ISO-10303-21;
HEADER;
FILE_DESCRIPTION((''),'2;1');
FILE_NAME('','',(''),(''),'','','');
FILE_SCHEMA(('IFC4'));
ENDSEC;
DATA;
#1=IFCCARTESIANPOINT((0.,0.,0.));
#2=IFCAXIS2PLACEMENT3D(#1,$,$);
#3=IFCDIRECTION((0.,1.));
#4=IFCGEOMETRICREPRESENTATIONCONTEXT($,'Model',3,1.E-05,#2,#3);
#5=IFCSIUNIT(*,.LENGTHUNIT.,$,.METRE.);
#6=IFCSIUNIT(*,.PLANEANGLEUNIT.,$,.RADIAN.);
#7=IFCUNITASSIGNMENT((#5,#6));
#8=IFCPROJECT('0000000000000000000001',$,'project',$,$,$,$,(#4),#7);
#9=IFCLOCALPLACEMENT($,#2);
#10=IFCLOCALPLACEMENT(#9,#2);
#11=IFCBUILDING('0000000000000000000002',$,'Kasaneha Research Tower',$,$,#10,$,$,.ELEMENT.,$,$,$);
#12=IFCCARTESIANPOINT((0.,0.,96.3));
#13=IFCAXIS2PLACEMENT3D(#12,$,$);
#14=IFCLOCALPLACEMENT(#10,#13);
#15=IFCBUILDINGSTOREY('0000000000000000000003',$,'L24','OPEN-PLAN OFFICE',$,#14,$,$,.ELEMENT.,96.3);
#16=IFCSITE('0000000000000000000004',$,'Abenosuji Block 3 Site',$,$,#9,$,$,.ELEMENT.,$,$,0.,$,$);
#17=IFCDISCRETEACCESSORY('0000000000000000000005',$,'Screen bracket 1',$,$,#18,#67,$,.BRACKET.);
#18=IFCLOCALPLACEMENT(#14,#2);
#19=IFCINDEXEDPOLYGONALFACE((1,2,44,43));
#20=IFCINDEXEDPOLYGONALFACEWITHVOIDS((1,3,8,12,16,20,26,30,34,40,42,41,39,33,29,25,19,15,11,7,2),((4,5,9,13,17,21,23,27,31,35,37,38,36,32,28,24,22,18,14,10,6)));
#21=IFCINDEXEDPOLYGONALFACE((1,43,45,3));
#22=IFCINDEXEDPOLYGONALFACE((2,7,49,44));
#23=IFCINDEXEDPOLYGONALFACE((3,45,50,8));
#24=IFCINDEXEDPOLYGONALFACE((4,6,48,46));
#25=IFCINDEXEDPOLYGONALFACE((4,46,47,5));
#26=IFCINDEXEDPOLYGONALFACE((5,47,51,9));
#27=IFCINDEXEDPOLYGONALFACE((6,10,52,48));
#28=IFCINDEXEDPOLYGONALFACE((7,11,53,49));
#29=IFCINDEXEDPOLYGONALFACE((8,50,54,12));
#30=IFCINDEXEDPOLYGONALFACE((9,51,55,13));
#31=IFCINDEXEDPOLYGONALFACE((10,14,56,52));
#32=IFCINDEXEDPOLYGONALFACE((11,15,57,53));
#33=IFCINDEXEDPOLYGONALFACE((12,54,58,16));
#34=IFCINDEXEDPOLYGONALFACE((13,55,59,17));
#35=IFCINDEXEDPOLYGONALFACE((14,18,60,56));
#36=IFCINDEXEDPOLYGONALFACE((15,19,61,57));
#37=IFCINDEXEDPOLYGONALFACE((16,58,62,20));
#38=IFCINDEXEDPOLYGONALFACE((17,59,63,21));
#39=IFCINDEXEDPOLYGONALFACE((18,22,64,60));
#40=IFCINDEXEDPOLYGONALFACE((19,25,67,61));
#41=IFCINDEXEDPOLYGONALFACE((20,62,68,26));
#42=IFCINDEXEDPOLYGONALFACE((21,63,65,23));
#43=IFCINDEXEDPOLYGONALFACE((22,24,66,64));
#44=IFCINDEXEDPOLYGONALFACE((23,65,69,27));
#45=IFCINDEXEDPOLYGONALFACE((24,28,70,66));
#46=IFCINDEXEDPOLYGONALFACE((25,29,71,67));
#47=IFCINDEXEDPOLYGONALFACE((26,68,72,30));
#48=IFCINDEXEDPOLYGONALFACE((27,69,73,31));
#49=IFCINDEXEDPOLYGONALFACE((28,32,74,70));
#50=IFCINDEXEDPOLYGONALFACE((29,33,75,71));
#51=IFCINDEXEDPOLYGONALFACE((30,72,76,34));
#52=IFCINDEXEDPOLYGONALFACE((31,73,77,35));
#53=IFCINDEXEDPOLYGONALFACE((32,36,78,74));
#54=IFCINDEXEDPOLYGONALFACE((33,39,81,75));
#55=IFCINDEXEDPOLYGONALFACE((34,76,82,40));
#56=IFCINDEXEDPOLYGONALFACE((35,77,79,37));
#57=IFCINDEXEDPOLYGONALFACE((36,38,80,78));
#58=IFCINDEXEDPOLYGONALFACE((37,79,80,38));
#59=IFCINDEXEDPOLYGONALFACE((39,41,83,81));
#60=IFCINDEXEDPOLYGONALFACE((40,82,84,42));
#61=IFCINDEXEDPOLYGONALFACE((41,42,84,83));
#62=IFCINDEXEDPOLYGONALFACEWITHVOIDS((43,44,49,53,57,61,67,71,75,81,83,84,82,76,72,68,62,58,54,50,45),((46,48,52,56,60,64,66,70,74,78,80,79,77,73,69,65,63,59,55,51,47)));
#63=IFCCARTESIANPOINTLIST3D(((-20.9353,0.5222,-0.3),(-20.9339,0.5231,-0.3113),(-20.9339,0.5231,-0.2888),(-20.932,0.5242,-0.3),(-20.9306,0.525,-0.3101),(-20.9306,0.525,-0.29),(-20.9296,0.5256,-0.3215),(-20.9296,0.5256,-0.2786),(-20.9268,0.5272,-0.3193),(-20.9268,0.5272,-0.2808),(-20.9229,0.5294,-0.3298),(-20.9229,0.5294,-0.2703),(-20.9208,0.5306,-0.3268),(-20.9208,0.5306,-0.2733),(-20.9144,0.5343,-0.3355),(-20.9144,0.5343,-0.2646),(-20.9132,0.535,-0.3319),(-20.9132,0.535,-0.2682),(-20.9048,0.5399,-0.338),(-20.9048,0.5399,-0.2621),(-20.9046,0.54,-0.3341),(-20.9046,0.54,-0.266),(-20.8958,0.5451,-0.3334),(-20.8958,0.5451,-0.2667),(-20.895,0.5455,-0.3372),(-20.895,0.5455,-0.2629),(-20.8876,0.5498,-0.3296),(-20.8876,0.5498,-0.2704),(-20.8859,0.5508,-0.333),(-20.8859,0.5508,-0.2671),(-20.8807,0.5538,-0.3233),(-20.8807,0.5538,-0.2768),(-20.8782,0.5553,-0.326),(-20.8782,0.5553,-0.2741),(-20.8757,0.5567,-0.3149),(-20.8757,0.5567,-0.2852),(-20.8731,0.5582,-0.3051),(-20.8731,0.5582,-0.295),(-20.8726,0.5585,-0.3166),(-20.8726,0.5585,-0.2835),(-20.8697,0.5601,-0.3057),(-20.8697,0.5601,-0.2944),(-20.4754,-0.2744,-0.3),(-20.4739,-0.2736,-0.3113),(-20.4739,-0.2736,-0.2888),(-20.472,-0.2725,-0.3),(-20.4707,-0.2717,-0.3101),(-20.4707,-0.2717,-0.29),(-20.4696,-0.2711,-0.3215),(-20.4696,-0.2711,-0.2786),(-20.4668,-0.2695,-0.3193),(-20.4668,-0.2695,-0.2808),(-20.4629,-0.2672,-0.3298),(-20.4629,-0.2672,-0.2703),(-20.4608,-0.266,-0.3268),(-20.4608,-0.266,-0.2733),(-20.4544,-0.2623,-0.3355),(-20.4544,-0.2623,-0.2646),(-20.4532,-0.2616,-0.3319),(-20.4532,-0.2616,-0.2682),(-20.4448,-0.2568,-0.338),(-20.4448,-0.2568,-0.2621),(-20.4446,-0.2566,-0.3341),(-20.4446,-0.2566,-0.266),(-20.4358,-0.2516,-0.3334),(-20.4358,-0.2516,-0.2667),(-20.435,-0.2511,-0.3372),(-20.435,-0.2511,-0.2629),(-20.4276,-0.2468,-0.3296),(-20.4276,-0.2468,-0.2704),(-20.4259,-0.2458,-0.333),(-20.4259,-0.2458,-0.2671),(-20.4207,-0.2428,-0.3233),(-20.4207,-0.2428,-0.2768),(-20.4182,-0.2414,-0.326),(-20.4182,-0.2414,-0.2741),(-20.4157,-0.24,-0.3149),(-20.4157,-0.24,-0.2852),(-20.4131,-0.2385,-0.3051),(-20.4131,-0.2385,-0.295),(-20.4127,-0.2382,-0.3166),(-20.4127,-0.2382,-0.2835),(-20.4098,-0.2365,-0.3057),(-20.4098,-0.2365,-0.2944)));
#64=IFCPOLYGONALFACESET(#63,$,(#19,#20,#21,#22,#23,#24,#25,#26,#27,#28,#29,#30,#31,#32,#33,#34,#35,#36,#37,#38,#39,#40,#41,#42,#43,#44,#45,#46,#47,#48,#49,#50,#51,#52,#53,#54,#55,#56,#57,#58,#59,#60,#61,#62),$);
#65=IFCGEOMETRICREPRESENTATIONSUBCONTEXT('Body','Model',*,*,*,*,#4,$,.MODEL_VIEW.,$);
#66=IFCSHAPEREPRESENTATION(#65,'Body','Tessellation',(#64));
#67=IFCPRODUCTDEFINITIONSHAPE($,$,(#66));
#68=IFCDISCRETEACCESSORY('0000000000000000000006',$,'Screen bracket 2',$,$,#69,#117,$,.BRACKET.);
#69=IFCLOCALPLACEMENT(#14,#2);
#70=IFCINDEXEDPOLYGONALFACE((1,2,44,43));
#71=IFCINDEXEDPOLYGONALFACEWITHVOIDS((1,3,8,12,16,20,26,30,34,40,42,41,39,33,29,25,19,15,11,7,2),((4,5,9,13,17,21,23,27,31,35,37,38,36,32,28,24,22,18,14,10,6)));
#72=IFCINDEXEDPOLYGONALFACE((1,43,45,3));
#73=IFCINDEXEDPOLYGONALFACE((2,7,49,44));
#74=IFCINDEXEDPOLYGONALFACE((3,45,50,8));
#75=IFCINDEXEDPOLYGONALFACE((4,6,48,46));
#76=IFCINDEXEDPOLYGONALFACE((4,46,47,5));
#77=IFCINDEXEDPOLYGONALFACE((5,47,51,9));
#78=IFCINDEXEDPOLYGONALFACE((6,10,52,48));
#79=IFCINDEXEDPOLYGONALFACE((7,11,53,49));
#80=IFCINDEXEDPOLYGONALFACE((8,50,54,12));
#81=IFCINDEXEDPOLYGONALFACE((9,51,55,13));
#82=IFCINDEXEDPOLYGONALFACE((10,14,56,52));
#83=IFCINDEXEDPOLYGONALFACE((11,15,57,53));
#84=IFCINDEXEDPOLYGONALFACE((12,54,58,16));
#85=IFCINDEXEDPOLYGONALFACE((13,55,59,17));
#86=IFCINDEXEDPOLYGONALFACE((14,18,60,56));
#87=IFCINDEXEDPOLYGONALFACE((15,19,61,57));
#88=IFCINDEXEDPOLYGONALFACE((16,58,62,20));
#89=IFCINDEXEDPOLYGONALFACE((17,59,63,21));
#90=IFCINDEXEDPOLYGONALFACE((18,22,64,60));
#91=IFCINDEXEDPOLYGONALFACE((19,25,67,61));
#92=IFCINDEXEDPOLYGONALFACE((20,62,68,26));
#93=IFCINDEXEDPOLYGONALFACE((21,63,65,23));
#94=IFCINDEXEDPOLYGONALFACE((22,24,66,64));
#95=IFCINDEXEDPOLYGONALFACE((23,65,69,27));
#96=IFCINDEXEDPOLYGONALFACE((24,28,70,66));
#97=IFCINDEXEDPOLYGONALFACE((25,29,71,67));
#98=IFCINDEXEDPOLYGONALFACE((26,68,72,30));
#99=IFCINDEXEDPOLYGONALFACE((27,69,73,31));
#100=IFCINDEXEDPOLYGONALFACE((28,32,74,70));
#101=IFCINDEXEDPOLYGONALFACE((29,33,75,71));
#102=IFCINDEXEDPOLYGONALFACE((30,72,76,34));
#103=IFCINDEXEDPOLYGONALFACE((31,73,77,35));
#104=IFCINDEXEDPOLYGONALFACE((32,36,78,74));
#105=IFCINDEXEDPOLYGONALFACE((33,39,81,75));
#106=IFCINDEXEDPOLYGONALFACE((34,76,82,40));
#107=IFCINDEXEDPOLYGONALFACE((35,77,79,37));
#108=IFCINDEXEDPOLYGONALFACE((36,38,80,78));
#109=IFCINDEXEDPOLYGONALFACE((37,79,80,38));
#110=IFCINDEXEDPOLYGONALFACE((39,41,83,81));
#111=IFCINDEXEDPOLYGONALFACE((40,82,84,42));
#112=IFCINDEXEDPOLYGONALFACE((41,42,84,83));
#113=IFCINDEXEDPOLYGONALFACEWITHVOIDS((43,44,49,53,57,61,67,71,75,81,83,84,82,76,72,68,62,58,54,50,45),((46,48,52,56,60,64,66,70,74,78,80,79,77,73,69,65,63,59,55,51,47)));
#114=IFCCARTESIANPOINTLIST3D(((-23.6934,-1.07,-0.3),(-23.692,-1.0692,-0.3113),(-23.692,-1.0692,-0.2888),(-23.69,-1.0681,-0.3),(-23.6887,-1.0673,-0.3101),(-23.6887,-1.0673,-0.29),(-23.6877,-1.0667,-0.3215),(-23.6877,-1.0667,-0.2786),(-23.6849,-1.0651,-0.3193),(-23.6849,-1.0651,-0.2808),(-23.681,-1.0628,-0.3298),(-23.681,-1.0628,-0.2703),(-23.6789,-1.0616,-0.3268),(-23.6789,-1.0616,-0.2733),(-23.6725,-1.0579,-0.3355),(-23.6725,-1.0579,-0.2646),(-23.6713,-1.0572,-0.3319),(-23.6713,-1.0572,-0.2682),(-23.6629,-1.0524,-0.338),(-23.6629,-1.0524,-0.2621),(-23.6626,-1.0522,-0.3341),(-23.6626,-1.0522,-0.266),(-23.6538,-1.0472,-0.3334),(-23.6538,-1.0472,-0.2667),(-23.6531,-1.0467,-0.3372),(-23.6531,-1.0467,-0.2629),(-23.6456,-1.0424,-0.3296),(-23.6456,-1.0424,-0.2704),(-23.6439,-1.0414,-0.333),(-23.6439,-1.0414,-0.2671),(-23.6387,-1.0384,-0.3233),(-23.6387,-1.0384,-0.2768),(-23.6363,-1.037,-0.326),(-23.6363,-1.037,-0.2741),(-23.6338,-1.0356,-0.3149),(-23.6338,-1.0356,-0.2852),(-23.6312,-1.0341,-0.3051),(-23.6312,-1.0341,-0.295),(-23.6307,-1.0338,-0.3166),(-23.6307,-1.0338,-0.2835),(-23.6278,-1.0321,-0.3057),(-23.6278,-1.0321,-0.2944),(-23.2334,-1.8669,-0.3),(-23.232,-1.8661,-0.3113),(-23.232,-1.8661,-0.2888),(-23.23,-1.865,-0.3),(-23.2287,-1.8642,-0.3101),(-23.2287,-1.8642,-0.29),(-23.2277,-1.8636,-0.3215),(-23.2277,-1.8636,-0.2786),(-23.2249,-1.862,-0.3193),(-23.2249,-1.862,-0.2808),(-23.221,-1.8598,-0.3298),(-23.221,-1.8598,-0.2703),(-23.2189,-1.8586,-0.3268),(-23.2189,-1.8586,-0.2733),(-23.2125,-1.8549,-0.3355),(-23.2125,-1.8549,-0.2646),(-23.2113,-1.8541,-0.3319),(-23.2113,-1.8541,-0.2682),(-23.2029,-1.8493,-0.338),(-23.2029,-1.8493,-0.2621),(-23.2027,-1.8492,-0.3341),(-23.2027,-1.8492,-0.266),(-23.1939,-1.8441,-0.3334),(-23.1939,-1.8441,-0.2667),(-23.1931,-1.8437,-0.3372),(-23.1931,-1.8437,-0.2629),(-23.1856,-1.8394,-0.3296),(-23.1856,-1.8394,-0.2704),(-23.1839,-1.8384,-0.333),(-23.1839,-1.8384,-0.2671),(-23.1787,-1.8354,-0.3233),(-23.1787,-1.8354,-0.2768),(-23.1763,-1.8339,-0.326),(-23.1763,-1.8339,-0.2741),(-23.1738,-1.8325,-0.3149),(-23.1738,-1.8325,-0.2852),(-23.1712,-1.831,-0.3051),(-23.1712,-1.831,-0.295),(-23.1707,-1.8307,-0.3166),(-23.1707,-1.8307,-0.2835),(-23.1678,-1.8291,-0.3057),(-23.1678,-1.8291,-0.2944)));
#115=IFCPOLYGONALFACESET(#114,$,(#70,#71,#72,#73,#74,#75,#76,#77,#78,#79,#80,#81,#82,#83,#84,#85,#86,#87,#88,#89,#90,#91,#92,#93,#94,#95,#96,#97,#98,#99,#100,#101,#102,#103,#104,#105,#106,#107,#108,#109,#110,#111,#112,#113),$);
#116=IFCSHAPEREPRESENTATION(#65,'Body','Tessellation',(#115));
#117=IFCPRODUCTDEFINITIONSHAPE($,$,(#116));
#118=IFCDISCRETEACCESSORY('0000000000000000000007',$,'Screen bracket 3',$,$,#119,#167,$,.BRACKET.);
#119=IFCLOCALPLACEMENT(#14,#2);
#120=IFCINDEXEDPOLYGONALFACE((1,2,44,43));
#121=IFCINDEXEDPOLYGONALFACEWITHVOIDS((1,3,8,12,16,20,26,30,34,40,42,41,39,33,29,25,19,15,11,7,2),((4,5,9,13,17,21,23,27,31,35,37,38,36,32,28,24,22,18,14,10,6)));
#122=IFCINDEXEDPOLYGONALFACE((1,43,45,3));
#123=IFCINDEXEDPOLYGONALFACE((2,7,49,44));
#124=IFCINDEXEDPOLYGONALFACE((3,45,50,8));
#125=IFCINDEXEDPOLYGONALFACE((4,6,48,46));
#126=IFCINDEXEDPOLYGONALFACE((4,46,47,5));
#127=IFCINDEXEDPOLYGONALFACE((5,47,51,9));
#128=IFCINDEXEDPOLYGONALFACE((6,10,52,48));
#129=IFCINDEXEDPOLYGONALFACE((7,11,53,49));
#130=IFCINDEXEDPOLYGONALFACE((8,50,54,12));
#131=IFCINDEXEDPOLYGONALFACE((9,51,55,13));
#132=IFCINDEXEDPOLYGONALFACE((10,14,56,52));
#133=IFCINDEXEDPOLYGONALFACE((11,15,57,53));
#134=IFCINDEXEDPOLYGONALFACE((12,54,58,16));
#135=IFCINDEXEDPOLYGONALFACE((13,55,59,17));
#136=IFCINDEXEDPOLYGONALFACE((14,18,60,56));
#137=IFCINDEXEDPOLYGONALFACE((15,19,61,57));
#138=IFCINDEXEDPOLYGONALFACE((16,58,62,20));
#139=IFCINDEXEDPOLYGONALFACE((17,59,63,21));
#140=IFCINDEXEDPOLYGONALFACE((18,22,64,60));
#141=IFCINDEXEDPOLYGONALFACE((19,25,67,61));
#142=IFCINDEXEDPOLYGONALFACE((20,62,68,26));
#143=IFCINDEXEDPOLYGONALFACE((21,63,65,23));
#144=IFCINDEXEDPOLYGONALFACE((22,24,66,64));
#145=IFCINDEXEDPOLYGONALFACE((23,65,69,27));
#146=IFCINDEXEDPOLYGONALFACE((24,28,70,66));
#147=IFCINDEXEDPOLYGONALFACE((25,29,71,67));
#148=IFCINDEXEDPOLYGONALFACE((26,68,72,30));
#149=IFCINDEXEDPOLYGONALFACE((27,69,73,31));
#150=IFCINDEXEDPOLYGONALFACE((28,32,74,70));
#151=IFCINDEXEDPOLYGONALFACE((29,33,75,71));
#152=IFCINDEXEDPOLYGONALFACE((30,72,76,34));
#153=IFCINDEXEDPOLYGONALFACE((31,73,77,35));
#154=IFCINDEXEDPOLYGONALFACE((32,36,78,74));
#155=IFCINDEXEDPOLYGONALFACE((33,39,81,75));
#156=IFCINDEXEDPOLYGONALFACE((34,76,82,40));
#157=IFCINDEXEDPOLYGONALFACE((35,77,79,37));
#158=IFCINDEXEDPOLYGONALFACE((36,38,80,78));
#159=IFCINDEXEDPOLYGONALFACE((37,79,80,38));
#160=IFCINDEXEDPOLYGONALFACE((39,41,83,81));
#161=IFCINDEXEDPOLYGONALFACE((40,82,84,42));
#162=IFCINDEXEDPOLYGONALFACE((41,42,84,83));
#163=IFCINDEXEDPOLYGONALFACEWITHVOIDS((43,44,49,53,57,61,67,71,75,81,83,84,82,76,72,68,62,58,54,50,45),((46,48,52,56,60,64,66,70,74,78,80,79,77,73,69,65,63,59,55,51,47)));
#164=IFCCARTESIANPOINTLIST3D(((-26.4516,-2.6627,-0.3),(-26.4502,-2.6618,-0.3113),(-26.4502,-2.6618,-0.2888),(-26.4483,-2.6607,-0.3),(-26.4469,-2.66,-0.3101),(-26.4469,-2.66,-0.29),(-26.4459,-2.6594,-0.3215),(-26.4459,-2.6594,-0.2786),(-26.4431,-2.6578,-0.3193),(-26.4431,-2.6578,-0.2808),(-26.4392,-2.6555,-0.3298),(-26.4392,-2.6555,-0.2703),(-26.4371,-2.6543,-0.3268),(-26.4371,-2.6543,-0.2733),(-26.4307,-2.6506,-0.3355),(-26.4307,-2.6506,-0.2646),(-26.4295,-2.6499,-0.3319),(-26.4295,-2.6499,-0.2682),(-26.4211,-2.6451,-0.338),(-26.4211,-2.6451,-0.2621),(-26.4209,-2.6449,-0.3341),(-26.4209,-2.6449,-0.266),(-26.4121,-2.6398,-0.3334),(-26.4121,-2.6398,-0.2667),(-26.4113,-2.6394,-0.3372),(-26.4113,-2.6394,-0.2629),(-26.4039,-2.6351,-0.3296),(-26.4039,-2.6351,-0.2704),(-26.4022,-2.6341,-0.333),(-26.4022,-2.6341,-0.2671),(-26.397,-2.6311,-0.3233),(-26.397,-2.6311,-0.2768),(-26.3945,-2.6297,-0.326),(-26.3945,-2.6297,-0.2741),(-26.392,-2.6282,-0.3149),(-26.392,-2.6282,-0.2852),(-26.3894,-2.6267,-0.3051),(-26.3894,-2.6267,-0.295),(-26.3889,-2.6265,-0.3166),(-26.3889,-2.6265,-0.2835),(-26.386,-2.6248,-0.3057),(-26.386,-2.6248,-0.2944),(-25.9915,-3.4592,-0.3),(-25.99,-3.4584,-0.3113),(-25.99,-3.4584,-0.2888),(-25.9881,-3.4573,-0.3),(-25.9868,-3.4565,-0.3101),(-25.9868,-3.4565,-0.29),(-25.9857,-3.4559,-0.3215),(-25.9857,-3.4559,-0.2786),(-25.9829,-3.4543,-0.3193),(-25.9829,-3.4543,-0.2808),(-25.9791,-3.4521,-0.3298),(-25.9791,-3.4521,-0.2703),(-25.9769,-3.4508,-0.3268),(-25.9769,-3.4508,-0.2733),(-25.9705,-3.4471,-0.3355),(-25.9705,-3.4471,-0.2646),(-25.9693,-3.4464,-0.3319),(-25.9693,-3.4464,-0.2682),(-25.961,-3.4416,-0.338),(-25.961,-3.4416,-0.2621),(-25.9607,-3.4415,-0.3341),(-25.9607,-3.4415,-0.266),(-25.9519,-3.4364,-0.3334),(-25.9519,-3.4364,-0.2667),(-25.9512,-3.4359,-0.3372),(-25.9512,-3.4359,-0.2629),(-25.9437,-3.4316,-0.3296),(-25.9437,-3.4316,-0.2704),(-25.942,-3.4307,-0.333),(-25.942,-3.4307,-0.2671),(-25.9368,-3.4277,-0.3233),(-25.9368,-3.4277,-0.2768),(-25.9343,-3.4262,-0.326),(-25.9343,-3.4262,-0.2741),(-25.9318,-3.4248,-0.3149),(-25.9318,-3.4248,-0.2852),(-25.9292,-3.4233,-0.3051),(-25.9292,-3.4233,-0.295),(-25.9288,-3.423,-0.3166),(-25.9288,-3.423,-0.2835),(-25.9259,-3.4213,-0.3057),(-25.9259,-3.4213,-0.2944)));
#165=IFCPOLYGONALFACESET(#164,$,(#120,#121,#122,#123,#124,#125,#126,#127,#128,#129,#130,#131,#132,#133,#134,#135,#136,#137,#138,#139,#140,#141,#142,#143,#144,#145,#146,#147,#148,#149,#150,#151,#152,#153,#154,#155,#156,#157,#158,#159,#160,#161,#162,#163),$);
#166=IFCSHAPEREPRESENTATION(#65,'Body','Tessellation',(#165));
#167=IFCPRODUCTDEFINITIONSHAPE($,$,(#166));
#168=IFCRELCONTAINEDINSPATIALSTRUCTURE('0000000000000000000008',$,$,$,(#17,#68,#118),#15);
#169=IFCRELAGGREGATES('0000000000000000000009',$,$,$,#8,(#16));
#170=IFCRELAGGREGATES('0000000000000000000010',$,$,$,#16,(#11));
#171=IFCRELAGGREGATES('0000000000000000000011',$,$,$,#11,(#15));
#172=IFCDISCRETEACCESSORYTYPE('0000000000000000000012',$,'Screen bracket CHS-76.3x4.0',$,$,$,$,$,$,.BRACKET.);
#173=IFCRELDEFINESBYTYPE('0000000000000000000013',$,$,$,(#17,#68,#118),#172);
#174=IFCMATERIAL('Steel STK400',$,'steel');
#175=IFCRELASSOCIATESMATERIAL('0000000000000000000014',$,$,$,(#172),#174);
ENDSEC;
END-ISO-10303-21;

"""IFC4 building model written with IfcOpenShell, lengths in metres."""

from ifc_helpers import new_model, si_unit, direction, frame, origin, origin_2d, place, context, subcontext, project, spatial, hollow_circle, extrude, material, material_profile, profile_set, type_object, element, save


model = new_model("IFC4")

# Units and contexts
model_context = context("Model", 3, precision=1e-05, world=origin(), true_north=direction((0.0, 1.0)))
body_context = subcontext(model_context, "Body", "Model", "MODEL_VIEW")
ifc_project = project(units=[si_unit("LENGTHUNIT", "METRE"), si_unit("PLANEANGLEUNIT", "RADIAN")], contexts=[model_context])

# Site, building, storey
site_placement = place(None, origin())
site = spatial("IfcSite", under=ifc_project, at=site_placement, Name="Abenosuji Block 3 Site", CompositionType="ELEMENT", RefElevation=0.0)
building_placement = place(site_placement, origin())
building = spatial("IfcBuilding", under=site, at=building_placement, Name="Kasaneha Research Tower", CompositionType="ELEMENT")
storey_placement = place(building_placement, frame((0.0, 0.0, 96.3)))
storey = spatial("IfcBuildingStorey", under=building, at=storey_placement, Name="L24", Description="OPEN-PLAN OFFICE", CompositionType="ELEMENT", Elevation=96.3)

# Discrete accessories
ifc_material_1 = material(Name="Steel STK400", Category="steel")
ifc_material_profile_1 = material_profile(ifc_material_1, hollow_circle(Radius=0.0381, WallThickness=0.0039, at=origin_2d()), Name="CHS-76.3x4.0")
ifc_profile_set_1 = profile_set([ifc_material_profile_1], Name="Steel STK400")
discrete_accessory_type = type_object("IfcDiscreteAccessoryType", Name="Screen bracket CHS-76.3x4.0", PredefinedType="BRACKET", material=ifc_profile_set_1)
discrete_accessory_1_placement = place(storey_placement, frame((-20.4424, -0.2554, -0.3), z_axis=(-0.500021, 0.866013, 0.0), x_axis=(-0.866013, -0.500021, 0.0)))
element("IfcDiscreteAccessory", 1, at=discrete_accessory_1_placement, inside=storey, type_object=discrete_accessory_type, Name="Screen bracket 1", PredefinedType="BRACKET", context=body_context, shape_type="SweptSolid", body=[
    extrude(hollow_circle(Radius=0.0381, WallThickness=0.0039, at=origin_2d()), origin(), (0.0, 0.0, 1.0), 0.9199),
])
discrete_accessory_2_placement = place(storey_placement, frame((-23.2004, -1.8479, -0.3), z_axis=(-0.499906, 0.86608, 0.0), x_axis=(-0.86608, -0.499906, 0.0)))
element("IfcDiscreteAccessory", 2, at=discrete_accessory_2_placement, inside=storey, type_object=discrete_accessory_type, Name="Screen bracket 2", PredefinedType="BRACKET", context=body_context, shape_type="SweptSolid", body=[
    extrude(hollow_circle(Radius=0.0381, WallThickness=0.0039, at=origin_2d()), origin(), (0.0, 0.0, 1.0), 0.9202),
])
discrete_accessory_3_placement = place(storey_placement, frame((-25.9585, -3.4402, -0.3), z_axis=(-0.50022, 0.865898, 0.0), x_axis=(-0.865898, -0.50022, 0.0)))
element("IfcDiscreteAccessory", 3, at=discrete_accessory_3_placement, inside=storey, type_object=discrete_accessory_type, Name="Screen bracket 3", PredefinedType="BRACKET", context=body_context, shape_type="SweptSolid", body=[
    extrude(hollow_circle(Radius=0.0381, WallThickness=0.0039, at=origin_2d()), origin(), (0.0, 0.0, 1.0), 0.9199),
])

save(model, "model.ifc")
